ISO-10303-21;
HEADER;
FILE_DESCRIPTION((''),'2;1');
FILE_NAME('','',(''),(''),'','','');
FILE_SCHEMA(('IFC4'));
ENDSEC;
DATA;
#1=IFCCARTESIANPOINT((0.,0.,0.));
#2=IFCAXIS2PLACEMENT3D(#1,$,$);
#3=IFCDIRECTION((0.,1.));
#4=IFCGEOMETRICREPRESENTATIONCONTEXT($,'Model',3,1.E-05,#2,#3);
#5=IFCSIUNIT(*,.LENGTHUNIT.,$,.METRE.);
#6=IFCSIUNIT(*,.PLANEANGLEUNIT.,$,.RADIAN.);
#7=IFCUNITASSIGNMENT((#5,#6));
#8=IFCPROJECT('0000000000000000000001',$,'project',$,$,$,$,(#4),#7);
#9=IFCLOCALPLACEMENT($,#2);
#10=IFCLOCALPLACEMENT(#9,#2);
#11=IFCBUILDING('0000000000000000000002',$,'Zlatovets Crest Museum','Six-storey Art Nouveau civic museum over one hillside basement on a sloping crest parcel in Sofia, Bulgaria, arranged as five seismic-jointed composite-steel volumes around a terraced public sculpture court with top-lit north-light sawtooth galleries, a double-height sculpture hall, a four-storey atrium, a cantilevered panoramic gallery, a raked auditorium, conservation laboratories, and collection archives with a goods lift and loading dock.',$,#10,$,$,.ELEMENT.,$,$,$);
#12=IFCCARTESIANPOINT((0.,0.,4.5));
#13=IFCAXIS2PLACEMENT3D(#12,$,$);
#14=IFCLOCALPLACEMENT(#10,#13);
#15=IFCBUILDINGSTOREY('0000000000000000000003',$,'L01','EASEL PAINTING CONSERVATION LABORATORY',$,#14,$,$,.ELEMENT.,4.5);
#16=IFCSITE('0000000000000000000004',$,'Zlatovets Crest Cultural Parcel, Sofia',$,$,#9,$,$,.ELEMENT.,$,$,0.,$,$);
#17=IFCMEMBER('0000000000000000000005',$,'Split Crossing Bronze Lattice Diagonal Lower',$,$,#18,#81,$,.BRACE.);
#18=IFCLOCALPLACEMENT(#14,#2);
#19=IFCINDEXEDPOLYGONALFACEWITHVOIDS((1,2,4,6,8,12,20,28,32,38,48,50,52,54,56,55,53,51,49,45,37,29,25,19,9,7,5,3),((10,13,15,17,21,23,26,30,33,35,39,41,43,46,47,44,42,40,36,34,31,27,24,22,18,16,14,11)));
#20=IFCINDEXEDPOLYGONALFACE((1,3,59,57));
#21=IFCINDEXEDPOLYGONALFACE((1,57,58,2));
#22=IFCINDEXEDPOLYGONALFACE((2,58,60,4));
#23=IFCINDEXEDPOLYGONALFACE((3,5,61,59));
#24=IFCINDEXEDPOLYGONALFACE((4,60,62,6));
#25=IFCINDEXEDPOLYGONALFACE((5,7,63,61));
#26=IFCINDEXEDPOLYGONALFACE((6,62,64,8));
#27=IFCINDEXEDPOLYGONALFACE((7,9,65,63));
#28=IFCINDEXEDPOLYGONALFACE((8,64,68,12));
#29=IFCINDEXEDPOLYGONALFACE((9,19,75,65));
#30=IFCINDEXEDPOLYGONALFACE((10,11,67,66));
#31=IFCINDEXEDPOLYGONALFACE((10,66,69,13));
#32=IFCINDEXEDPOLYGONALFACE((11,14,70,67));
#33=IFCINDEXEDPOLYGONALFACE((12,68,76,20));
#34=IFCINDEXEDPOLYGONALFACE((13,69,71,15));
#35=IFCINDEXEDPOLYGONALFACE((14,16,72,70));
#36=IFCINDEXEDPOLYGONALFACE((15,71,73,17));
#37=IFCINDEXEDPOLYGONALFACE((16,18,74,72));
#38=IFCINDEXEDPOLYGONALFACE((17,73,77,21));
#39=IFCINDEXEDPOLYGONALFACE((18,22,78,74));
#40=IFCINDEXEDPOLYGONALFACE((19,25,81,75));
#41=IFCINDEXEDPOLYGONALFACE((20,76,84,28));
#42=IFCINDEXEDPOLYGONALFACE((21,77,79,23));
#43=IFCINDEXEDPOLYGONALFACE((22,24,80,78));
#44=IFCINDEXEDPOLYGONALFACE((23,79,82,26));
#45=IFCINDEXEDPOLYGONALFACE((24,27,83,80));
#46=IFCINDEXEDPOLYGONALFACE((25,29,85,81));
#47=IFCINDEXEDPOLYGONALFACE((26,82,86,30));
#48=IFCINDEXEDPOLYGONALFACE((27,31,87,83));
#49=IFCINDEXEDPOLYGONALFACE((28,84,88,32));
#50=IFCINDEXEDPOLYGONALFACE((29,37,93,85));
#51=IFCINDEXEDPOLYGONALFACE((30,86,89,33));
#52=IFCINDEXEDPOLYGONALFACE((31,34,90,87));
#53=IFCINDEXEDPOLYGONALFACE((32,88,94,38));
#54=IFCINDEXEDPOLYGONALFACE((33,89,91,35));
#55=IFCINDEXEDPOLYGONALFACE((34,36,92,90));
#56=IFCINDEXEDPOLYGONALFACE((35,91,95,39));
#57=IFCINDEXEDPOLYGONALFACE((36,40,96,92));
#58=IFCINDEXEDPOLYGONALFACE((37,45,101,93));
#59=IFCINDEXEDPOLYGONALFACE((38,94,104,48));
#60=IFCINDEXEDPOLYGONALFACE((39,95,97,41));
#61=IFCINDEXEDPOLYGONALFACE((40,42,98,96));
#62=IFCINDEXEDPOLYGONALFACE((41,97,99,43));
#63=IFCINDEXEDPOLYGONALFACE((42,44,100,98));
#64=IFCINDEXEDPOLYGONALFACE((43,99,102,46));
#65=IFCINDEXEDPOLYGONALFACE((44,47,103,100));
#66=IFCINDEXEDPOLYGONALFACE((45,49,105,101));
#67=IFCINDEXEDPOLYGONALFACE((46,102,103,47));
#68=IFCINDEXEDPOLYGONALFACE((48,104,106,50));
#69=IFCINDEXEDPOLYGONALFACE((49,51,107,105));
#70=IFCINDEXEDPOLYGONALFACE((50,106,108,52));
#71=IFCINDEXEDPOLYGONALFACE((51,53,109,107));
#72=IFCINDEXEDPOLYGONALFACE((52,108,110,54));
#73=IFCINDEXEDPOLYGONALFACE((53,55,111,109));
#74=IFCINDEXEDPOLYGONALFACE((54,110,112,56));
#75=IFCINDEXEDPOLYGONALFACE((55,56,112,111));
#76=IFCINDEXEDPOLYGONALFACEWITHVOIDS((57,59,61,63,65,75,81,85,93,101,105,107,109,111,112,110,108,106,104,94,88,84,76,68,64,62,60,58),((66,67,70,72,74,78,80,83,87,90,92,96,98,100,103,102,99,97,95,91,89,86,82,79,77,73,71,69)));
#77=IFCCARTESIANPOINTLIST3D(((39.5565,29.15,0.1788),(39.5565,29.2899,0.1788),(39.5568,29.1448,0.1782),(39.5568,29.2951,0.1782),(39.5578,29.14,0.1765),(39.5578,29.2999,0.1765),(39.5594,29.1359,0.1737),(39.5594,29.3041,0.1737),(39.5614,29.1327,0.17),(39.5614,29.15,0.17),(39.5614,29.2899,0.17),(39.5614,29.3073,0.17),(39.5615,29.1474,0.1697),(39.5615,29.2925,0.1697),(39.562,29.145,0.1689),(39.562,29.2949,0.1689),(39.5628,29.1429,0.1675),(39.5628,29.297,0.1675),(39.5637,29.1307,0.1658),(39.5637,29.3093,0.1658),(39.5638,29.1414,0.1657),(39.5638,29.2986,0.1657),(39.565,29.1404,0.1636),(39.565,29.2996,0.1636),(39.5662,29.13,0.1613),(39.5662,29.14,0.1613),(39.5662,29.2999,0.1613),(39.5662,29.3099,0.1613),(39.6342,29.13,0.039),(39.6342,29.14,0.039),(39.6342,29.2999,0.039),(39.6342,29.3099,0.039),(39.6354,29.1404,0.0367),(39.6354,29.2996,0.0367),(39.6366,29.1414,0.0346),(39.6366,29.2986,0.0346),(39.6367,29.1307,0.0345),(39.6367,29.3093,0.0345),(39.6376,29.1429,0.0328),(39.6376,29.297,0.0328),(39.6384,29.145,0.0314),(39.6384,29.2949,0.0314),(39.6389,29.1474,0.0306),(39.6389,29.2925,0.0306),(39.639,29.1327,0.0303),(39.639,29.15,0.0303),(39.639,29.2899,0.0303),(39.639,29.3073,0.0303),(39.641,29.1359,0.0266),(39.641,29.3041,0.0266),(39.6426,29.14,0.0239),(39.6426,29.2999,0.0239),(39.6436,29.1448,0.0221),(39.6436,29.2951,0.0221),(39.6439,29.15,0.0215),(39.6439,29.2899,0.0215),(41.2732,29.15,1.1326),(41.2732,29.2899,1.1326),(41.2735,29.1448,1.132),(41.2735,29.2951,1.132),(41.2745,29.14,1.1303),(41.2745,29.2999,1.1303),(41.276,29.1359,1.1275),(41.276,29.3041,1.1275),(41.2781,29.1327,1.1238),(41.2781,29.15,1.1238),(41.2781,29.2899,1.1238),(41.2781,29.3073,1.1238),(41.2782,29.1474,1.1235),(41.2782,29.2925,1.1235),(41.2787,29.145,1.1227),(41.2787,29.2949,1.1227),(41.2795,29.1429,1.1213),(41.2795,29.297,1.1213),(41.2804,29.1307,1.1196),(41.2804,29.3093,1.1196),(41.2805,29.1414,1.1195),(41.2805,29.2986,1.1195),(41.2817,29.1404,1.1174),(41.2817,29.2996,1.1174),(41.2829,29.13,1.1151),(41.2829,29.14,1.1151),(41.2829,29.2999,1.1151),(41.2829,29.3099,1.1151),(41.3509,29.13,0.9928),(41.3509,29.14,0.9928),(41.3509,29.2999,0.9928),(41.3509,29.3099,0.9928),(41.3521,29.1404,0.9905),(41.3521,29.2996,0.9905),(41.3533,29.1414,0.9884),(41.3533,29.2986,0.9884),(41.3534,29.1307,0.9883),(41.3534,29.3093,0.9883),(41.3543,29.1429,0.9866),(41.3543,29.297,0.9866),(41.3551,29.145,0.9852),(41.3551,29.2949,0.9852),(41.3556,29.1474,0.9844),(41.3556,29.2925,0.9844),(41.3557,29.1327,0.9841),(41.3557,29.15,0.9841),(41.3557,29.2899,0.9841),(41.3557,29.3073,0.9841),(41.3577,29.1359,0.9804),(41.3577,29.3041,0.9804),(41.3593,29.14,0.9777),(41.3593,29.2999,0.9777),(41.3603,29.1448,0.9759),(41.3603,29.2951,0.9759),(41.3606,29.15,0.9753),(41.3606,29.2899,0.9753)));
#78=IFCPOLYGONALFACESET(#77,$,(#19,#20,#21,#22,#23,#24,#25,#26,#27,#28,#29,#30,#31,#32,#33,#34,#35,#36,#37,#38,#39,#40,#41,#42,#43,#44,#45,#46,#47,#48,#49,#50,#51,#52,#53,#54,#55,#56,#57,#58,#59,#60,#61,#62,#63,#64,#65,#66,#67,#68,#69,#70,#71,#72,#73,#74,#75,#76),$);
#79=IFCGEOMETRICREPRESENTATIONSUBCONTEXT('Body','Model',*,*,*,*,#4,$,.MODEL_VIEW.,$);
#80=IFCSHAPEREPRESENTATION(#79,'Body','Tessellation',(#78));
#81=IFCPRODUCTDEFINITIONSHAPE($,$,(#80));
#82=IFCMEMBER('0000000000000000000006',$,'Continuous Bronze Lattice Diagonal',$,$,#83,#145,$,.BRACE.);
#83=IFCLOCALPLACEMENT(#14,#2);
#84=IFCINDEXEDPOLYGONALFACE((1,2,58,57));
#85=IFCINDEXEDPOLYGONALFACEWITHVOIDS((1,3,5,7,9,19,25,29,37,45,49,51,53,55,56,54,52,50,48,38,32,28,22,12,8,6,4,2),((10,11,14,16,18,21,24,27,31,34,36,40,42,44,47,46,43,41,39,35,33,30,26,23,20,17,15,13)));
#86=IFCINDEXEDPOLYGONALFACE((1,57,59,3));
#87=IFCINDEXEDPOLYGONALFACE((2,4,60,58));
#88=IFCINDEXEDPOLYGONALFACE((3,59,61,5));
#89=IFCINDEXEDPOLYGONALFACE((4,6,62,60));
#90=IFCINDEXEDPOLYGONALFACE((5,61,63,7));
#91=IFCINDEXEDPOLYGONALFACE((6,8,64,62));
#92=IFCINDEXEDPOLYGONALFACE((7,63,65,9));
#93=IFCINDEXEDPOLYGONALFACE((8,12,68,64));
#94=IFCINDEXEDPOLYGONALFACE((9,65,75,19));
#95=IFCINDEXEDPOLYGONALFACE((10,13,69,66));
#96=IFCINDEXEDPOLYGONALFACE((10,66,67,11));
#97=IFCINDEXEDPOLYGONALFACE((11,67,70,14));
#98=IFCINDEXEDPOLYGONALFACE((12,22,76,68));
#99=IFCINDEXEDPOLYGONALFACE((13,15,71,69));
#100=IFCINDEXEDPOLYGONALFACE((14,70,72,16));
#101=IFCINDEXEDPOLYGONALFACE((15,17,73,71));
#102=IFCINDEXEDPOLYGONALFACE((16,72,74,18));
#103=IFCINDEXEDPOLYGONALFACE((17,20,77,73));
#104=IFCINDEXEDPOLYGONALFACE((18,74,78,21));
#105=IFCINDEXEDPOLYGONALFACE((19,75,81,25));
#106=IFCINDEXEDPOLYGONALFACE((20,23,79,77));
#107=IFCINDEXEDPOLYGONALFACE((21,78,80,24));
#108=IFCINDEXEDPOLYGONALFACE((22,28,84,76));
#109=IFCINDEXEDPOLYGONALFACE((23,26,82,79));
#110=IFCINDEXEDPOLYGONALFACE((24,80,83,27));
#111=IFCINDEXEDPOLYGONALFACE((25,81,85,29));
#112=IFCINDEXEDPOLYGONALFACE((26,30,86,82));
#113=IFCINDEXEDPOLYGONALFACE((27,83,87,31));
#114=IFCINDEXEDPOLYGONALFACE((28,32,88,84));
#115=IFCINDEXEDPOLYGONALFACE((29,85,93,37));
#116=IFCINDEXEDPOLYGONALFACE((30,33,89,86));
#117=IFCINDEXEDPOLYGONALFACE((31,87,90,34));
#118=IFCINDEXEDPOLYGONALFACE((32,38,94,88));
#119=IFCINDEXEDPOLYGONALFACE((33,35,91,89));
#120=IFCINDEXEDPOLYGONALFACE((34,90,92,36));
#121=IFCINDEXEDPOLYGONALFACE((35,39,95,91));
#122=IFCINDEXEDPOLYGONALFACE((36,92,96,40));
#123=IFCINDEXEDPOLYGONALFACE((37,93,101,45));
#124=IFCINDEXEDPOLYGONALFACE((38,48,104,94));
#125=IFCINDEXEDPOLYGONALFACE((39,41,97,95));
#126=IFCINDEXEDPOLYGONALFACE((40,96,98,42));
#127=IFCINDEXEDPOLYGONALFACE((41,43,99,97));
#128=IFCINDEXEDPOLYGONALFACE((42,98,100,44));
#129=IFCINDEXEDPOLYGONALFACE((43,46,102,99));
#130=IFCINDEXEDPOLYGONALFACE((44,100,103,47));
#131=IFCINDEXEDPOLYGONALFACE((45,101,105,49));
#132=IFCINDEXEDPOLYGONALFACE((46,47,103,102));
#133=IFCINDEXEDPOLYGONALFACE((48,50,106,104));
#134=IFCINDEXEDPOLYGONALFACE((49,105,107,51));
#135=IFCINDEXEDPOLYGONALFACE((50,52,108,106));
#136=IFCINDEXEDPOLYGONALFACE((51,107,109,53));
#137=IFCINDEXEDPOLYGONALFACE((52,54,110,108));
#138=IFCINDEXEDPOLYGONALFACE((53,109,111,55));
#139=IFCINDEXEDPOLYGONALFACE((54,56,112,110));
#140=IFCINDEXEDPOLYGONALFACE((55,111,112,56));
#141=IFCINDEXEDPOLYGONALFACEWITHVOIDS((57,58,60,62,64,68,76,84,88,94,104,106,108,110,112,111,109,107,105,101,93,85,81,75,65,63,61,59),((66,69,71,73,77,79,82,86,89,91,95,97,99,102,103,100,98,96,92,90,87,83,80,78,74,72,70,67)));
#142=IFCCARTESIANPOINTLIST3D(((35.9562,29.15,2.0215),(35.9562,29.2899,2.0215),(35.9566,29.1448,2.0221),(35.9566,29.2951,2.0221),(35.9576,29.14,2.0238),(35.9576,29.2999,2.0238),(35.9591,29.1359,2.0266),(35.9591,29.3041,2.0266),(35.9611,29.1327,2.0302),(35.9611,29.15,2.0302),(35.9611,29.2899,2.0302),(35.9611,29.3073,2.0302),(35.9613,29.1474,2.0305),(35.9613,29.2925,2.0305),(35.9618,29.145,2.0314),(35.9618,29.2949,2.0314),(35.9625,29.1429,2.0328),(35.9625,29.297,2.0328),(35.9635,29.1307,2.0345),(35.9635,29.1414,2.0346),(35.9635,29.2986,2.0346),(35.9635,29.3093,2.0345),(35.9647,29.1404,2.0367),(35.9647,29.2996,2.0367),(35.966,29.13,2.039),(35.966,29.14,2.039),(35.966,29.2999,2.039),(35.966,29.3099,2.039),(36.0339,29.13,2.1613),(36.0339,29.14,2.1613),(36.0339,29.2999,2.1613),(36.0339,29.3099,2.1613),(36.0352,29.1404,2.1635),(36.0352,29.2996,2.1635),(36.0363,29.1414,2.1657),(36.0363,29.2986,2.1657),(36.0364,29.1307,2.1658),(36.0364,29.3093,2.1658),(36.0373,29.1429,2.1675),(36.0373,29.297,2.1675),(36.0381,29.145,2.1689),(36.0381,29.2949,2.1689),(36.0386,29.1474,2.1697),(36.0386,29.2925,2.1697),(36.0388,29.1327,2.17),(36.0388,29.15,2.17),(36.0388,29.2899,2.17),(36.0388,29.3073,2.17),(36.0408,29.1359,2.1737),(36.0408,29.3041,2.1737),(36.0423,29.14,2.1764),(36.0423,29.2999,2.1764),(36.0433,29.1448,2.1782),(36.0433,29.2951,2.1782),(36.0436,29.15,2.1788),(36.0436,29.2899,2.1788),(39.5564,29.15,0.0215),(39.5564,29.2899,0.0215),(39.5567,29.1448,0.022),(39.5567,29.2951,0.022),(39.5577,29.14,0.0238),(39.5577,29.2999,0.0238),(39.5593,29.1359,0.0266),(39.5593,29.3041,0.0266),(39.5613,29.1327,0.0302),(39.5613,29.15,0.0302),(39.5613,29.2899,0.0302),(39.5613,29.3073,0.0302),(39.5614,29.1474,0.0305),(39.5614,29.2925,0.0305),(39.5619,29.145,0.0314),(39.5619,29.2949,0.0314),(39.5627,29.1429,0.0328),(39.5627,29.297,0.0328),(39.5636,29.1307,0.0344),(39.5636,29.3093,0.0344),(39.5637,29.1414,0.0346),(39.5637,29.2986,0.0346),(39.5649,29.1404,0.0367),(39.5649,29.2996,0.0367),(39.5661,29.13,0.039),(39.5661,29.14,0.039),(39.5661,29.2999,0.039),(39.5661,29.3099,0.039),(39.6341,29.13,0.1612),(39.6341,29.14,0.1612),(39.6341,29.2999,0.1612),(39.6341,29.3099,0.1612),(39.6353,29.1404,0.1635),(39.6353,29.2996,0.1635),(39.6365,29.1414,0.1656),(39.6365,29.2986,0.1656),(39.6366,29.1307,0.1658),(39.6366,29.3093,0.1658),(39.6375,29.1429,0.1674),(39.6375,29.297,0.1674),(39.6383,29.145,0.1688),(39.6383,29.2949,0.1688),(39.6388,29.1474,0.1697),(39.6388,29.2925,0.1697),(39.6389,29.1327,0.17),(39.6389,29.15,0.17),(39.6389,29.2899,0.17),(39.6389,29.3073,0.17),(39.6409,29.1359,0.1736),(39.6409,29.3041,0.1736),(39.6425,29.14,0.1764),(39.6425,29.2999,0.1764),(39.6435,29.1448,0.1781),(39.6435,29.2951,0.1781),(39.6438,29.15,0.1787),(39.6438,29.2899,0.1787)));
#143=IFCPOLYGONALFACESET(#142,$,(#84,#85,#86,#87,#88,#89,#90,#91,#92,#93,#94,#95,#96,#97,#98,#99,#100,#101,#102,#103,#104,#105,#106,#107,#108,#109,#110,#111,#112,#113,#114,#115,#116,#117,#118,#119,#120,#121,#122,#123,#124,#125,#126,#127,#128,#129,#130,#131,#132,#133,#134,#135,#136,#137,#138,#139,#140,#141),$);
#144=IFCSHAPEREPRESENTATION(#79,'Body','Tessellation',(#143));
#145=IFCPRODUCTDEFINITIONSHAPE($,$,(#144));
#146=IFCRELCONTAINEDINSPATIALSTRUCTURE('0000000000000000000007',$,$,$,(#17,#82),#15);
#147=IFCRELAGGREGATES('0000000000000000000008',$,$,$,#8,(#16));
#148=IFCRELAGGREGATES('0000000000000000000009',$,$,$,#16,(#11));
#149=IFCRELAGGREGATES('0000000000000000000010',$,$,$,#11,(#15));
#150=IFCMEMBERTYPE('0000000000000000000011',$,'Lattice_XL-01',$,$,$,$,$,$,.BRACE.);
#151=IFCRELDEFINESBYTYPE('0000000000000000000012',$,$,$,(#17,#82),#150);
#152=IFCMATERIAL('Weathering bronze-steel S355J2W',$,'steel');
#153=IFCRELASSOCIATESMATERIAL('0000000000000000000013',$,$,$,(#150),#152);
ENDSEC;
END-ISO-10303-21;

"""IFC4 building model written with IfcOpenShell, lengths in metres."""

from ifc_helpers import new_model, si_unit, direction, frame, origin, origin_2d, place, context, subcontext, project, spatial, hollow_rectangle, extrude, material, material_profile, profile_set, type_object, element, save


model = new_model("IFC4")

# Units and contexts
model_context = context("Model", 3, precision=1e-05, world=origin(), true_north=direction((0.0, 1.0)))
body_context = subcontext(model_context, "Body", "Model", "MODEL_VIEW")
ifc_project = project(units=[si_unit("LENGTHUNIT", "METRE"), si_unit("PLANEANGLEUNIT", "RADIAN")], contexts=[model_context])

# Site, building, storey
site_placement = place(None, origin())
site = spatial("IfcSite", under=ifc_project, at=site_placement, Name="Zlatovets Crest Cultural Parcel, Sofia", CompositionType="ELEMENT", RefElevation=0.0)
building_placement = place(site_placement, origin())
building = spatial("IfcBuilding", under=site, at=building_placement, Name="Zlatovets Crest Museum", Description="Six-storey Art Nouveau civic museum over one hillside basement on a sloping crest parcel in Sofia, Bulgaria, arranged as five seismic-jointed composite-steel volumes around a terraced public sculpture court with top-lit north-light sawtooth galleries, a double-height sculpture hall, a four-storey atrium, a cantilevered panoramic gallery, a raked auditorium, conservation laboratories, and collection archives with a goods lift and loading dock.", CompositionType="ELEMENT")
storey_placement = place(building_placement, frame((0.0, 0.0, 4.5)))
storey = spatial("IfcBuildingStorey", under=building, at=storey_placement, Name="L01", Description="EASEL PAINTING CONSERVATION LABORATORY", CompositionType="ELEMENT", Elevation=4.5)

# Members
ifc_material_1 = material(Name="Weathering bronze-steel S355J2W", Category="steel")
ifc_material_profile_1 = material_profile(ifc_material_1, hollow_rectangle(XDim=0.1799, YDim=0.1799, WallThickness=0.01, InnerFilletRadius=0.01, OuterFilletRadius=0.02, at=origin_2d()), Name="SHS 180x180x10.0")
ifc_profile_set_1 = profile_set([ifc_material_profile_1], Name="Weathering bronze-steel S355J2W")
member_type_1 = type_object("IfcMemberType", Name="Lattice_XL-01", PredefinedType="BRACE", material=ifc_profile_set_1)
member_1_placement = place(storey_placement, frame((41.3169, 29.22, 1.054), z_axis=(-0.87414, 0.0, -0.485675), x_axis=(0.0, -1.0, 0.0)))
element("IfcMember", 1, at=member_1_placement, inside=storey, type_object=member_type_1, Name="Split Crossing Bronze Lattice Diagonal Lower", PredefinedType="BRACE", context=body_context, shape_type="SweptSolid", body=[
    extrude(hollow_rectangle(XDim=0.1799, YDim=0.1799, WallThickness=0.01, InnerFilletRadius=0.01, OuterFilletRadius=0.02, at=origin_2d()), origin(), (0.0, 0.0, 1.0), 1.9639),
])
member_2_placement = place(storey_placement, frame((39.6001, 29.22, 0.1001), z_axis=(-0.874163, 0.0, 0.485633), x_axis=(0.0, -1.0, 0.0)))
element("IfcMember", 2, at=member_2_placement, inside=storey, type_object=member_type_1, Name="Continuous Bronze Lattice Diagonal", PredefinedType="BRACE", context=body_context, shape_type="SweptSolid", body=[
    extrude(hollow_rectangle(XDim=0.1799, YDim=0.1799, WallThickness=0.01, InnerFilletRadius=0.01, OuterFilletRadius=0.02, at=origin_2d()), origin(), (0.0, 0.0, 1.0), 4.1184),
])

save(model, "model.ifc")
